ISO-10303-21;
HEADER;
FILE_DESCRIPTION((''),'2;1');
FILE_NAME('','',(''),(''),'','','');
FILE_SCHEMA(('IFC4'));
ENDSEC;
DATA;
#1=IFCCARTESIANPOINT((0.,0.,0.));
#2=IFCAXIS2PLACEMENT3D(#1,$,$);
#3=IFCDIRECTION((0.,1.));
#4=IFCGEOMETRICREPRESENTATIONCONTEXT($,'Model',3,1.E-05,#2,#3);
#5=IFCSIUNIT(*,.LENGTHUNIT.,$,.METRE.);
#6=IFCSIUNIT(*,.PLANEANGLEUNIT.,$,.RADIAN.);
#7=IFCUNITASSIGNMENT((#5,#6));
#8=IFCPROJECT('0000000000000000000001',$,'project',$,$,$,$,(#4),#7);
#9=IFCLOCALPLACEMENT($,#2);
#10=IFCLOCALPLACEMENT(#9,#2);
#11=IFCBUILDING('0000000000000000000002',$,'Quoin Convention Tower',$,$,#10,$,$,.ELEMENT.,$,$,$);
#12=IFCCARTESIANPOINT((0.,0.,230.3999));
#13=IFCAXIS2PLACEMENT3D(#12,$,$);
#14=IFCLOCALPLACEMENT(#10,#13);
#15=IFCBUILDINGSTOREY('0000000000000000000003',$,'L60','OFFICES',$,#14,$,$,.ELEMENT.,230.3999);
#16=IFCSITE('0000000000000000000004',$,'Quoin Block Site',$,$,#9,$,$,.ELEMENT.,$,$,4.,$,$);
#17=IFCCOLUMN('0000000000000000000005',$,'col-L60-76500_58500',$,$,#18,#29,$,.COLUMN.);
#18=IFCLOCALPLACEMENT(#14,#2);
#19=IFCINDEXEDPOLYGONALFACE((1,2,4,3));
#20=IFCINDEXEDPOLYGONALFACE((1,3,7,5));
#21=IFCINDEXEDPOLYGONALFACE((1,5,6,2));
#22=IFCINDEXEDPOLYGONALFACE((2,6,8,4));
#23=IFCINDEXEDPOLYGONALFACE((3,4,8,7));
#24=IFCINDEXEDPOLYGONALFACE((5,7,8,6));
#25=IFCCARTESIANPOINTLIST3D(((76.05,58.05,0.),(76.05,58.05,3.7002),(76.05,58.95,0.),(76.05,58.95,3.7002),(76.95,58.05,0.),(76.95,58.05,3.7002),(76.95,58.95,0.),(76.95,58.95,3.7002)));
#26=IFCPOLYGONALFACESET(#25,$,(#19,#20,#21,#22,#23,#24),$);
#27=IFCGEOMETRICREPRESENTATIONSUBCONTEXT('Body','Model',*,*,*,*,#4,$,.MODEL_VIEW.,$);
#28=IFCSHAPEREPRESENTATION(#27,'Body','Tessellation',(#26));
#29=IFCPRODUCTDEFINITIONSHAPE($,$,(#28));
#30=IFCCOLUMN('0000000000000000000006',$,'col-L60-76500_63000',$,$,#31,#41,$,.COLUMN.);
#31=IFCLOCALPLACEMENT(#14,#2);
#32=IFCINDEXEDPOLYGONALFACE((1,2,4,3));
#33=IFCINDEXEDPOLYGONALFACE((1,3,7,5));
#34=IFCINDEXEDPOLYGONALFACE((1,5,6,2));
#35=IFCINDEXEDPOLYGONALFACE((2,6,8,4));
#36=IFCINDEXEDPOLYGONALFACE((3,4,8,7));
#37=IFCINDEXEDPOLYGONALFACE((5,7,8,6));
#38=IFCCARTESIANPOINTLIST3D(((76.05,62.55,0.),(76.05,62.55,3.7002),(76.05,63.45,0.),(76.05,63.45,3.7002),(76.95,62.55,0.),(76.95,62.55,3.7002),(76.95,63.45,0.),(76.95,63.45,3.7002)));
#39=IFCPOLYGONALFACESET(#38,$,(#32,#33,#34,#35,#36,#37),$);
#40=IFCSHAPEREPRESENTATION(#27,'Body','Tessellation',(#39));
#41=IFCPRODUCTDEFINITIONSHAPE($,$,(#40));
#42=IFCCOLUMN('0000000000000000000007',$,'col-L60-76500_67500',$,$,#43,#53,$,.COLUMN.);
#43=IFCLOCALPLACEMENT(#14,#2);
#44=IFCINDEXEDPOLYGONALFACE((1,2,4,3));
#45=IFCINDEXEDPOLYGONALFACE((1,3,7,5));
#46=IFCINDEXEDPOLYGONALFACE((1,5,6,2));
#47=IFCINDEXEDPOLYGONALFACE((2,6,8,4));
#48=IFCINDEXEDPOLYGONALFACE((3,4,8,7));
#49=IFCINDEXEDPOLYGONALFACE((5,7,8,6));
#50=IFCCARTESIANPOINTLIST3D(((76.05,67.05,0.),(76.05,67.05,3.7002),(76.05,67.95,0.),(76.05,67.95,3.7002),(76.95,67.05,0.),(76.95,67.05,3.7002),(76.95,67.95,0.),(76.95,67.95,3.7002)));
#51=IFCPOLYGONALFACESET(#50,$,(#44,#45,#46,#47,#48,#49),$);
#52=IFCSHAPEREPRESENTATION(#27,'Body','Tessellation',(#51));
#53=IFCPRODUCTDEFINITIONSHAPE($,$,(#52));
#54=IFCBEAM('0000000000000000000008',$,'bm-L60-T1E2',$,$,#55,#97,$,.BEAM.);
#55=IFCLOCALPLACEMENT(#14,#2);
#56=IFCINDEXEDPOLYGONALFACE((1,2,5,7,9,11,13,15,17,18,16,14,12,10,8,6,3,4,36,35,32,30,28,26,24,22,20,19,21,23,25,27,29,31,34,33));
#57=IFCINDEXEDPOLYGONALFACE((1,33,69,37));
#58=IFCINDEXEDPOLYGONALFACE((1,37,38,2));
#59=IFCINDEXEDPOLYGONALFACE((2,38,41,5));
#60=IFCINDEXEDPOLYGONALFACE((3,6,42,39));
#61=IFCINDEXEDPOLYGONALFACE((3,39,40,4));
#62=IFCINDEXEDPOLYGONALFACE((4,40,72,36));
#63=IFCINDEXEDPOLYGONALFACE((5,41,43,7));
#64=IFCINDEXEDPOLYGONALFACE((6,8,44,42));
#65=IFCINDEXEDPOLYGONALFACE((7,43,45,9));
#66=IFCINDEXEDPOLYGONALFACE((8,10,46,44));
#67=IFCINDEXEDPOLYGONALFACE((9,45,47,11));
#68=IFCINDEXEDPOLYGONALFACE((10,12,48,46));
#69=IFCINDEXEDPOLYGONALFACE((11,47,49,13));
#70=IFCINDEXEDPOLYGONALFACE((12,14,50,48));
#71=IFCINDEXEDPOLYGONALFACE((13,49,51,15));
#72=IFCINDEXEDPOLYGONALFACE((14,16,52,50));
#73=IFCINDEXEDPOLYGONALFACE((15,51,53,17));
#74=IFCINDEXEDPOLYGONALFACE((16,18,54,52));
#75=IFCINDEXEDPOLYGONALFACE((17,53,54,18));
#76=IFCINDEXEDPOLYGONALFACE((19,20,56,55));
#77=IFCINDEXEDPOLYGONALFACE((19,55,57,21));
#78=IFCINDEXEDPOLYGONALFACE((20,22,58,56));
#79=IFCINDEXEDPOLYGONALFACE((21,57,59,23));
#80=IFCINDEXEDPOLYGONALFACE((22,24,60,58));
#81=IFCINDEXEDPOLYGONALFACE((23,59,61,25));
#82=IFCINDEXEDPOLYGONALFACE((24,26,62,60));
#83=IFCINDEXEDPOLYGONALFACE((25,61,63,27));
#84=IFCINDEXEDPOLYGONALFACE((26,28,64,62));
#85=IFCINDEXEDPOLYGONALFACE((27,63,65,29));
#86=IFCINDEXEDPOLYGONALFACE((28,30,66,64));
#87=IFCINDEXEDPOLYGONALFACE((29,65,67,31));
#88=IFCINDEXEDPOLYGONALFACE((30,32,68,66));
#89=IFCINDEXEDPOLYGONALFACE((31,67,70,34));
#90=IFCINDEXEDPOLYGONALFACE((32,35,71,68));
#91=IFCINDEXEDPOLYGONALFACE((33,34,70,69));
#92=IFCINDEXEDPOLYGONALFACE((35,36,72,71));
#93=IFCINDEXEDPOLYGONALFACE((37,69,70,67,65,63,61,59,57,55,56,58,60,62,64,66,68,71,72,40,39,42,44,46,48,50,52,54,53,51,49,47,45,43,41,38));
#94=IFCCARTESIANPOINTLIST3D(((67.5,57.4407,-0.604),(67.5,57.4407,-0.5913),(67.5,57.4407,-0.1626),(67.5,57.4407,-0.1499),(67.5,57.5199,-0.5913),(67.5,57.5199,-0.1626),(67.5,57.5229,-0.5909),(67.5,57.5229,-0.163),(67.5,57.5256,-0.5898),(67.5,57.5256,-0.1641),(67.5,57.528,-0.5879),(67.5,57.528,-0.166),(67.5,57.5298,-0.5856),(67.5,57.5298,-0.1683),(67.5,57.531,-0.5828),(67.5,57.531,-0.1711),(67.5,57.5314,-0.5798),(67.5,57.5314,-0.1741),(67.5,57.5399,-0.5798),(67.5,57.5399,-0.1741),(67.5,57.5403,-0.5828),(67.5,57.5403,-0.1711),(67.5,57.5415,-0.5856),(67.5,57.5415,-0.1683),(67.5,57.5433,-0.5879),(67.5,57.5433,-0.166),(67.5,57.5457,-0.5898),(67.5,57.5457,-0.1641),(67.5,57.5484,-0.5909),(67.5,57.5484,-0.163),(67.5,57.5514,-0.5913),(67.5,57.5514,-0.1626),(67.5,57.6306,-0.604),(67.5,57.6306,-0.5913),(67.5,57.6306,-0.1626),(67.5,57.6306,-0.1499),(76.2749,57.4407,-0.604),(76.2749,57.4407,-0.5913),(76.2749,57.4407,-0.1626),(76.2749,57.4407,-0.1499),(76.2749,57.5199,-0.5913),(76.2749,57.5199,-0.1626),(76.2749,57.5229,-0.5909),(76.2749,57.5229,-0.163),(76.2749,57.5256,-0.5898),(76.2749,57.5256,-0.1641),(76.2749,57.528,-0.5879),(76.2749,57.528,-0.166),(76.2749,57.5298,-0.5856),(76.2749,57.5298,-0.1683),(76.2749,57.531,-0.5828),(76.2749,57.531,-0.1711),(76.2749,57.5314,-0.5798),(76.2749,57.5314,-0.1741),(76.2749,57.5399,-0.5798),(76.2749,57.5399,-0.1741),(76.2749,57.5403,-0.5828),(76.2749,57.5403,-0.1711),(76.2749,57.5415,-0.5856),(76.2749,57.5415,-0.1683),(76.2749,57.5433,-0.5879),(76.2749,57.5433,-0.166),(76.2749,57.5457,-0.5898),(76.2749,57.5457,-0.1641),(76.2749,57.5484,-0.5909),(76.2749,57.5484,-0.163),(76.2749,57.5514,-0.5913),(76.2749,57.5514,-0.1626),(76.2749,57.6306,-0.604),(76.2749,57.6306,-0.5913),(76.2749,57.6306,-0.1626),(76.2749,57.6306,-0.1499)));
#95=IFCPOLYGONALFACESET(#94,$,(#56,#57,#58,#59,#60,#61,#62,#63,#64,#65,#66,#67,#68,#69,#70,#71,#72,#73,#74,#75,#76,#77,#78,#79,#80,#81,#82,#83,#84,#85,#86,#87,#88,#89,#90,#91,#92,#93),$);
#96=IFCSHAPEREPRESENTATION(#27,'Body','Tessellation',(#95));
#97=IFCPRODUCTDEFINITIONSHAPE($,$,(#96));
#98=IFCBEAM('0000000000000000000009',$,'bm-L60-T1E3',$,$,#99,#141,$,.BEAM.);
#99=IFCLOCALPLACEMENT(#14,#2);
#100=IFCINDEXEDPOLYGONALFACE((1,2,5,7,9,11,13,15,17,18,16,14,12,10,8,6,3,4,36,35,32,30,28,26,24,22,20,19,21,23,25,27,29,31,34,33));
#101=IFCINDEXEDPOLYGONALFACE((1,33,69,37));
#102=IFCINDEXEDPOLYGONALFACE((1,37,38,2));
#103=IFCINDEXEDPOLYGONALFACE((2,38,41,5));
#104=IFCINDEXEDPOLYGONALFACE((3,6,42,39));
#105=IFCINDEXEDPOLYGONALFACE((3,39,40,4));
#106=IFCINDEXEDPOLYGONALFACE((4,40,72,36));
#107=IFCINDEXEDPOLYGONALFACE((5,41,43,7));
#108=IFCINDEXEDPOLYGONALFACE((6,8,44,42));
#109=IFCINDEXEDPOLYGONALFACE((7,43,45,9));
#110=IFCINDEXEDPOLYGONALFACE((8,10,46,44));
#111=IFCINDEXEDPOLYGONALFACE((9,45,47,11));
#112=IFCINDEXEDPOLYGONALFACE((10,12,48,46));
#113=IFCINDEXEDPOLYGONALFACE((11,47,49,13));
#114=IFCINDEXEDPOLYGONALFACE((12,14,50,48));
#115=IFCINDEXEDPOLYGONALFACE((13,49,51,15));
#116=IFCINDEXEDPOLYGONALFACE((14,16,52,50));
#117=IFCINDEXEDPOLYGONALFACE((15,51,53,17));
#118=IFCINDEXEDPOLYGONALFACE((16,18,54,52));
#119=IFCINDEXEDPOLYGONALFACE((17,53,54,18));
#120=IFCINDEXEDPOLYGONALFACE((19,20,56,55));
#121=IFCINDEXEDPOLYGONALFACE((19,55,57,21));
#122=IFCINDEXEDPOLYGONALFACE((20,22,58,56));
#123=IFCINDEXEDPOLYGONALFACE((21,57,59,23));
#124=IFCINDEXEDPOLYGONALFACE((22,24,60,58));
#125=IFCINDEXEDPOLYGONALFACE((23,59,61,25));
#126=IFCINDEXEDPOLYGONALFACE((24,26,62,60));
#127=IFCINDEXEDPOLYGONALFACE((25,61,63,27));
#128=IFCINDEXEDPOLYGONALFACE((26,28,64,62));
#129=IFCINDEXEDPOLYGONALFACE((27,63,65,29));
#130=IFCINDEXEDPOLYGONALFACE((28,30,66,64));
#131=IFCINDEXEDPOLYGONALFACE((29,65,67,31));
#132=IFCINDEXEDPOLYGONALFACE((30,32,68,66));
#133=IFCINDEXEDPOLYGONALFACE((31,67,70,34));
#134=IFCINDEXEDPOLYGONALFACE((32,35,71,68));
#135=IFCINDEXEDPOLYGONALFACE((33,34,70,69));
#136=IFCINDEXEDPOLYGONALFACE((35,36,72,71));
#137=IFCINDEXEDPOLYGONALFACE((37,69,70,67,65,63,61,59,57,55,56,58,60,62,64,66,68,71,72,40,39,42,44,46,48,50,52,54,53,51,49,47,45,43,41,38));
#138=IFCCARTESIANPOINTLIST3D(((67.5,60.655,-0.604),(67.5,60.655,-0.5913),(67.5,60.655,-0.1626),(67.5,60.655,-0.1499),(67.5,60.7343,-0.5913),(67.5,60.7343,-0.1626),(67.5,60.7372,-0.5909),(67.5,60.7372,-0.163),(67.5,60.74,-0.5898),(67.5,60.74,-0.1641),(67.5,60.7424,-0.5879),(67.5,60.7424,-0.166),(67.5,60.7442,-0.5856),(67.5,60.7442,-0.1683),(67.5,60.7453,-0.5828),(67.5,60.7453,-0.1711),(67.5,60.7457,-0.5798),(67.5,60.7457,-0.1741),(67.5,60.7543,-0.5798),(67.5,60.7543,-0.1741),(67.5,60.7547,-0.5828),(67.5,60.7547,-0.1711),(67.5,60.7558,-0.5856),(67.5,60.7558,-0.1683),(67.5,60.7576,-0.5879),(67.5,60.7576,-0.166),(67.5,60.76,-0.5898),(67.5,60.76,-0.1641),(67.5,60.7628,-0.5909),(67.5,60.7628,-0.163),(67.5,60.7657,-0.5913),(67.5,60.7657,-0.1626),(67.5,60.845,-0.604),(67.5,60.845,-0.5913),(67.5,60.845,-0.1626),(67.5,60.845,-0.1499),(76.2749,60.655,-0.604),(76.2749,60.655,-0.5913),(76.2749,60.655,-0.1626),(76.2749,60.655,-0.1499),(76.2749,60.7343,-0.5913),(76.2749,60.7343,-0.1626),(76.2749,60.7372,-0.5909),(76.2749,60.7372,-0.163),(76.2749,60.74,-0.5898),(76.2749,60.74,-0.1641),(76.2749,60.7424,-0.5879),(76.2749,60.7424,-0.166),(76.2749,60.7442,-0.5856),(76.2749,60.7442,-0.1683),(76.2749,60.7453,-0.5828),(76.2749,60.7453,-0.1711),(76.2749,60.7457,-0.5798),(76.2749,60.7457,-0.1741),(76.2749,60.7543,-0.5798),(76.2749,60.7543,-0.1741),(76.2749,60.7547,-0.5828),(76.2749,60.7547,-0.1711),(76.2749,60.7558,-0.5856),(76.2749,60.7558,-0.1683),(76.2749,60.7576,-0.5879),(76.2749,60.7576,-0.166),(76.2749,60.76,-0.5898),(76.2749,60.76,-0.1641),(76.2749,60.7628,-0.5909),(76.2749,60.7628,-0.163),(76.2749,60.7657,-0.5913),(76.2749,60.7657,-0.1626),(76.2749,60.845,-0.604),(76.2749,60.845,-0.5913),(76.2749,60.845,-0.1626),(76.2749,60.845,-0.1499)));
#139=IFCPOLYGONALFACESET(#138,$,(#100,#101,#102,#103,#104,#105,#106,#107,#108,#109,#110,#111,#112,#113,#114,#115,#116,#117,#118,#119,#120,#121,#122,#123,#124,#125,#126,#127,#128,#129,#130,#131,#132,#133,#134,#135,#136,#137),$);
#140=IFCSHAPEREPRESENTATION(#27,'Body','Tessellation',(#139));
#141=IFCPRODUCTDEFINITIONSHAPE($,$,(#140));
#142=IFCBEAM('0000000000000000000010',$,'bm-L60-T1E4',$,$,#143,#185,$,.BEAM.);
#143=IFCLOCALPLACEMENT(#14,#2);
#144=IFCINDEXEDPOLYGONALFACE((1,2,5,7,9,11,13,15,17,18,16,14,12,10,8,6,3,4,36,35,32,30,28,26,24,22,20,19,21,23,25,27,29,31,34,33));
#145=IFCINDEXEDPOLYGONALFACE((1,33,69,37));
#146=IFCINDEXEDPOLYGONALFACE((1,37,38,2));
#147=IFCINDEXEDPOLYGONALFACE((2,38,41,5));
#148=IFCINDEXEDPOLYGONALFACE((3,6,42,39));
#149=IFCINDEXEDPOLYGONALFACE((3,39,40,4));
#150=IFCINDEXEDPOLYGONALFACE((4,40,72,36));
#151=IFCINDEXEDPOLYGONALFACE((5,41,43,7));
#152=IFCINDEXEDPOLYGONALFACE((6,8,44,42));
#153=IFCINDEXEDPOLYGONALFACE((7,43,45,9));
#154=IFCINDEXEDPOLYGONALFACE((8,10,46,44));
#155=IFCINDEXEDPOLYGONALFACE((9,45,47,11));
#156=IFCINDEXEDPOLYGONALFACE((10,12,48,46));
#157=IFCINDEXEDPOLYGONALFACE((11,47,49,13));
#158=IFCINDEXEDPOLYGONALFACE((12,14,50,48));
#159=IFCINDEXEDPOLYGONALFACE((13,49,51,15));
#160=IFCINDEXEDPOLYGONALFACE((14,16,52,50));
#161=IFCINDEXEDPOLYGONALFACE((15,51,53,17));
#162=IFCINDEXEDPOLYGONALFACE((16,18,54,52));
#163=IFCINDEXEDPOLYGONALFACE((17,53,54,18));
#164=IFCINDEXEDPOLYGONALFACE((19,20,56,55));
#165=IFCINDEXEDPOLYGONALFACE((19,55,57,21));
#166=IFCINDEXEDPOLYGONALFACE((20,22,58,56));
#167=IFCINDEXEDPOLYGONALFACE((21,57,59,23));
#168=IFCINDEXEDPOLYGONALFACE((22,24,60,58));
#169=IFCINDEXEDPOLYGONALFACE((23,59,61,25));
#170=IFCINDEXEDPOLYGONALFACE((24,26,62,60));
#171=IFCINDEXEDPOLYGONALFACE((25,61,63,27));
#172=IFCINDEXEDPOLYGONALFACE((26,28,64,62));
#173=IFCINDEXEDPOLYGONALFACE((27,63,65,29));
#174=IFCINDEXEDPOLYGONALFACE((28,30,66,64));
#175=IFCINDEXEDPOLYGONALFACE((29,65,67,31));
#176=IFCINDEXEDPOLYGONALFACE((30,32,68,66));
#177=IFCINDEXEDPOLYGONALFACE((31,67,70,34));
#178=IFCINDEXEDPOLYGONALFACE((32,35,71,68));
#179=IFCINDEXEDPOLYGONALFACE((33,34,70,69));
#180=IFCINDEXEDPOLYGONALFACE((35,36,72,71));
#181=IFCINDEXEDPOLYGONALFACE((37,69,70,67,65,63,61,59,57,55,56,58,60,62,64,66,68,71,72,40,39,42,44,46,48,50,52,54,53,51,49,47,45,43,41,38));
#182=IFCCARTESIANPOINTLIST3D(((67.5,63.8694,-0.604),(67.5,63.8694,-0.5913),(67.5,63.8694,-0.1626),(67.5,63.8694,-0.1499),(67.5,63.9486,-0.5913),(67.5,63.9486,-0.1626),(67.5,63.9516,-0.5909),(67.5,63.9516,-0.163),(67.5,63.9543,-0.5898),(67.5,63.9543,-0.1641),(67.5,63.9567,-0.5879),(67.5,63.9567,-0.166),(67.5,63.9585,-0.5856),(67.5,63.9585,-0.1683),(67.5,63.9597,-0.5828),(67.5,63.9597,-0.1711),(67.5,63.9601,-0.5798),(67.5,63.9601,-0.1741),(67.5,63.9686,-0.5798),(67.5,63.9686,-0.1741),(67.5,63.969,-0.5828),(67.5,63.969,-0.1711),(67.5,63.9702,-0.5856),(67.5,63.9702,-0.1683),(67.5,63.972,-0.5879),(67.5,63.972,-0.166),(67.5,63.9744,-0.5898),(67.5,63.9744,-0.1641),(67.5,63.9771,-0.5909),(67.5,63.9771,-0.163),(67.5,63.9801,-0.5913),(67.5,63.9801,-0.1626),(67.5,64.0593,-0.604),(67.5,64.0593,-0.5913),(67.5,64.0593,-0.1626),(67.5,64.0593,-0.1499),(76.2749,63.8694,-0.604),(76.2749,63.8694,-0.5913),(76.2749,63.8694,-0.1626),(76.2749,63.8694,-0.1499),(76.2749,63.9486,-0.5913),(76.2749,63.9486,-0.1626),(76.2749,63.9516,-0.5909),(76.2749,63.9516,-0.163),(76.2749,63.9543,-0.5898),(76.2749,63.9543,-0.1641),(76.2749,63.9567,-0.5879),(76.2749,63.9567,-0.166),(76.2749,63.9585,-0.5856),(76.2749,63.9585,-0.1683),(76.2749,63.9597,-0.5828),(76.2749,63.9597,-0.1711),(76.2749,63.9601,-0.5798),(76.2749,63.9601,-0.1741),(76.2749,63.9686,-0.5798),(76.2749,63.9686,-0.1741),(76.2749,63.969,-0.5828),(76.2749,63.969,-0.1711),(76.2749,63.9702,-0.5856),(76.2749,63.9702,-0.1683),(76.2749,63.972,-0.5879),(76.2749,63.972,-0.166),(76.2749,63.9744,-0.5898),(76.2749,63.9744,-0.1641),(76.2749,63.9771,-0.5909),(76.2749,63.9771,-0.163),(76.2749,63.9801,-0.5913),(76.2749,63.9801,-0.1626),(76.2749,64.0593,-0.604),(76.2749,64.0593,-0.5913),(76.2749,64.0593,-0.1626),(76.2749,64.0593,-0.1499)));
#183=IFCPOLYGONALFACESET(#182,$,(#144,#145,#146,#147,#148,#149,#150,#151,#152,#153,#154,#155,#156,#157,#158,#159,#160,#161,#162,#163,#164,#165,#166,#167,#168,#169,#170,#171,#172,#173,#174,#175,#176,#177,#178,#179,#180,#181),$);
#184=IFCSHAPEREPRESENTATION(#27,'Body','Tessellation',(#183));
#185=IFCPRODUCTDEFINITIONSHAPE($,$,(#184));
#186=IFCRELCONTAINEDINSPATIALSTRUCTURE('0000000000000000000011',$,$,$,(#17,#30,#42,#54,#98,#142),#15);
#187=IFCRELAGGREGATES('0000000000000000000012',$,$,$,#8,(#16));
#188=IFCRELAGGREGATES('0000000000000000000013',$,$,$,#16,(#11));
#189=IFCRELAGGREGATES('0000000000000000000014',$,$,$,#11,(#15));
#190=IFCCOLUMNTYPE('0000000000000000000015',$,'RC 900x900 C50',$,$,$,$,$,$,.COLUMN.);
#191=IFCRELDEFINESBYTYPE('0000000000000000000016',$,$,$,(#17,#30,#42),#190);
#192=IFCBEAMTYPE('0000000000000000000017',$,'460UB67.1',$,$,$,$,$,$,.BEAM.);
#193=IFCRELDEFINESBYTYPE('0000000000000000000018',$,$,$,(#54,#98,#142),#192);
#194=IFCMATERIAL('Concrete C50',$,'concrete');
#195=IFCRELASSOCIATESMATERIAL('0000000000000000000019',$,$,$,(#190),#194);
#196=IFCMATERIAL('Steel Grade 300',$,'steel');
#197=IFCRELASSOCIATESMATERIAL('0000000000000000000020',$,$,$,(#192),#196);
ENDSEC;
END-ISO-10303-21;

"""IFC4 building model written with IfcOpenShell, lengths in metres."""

from ifc_helpers import new_model, si_unit, direction, frame, origin, origin_2d, place, context, subcontext, project, spatial, rectangle, i_section, extrude, material, material_profile, profile_set, type_object, element, save


model = new_model("IFC4")

# Units and contexts
model_context = context("Model", 3, precision=1e-05, world=origin(), true_north=direction((0.0, 1.0)))
body_context = subcontext(model_context, "Body", "Model", "MODEL_VIEW")
ifc_project = project(units=[si_unit("LENGTHUNIT", "METRE"), si_unit("PLANEANGLEUNIT", "RADIAN")], contexts=[model_context])

# Site, building, storey
site_placement = place(None, origin())
site = spatial("IfcSite", under=ifc_project, at=site_placement, Name="Quoin Block Site", CompositionType="ELEMENT", RefElevation=4.0)
building_placement = place(site_placement, origin())
building = spatial("IfcBuilding", under=site, at=building_placement, Name="Quoin Convention Tower", CompositionType="ELEMENT")
storey_placement = place(building_placement, frame((0.0, 0.0, 230.3999)))
storey = spatial("IfcBuildingStorey", under=building, at=storey_placement, Name="L60", Description="OFFICES", CompositionType="ELEMENT", Elevation=230.3999)

# Columns
ifc_material_1 = material(Name="Concrete C50", Category="concrete")
ifc_material_profile_1 = material_profile(ifc_material_1, rectangle(XDim=0.8999, YDim=0.8999, at=origin_2d()), Name="RC 900x900")
ifc_profile_set_1 = profile_set([ifc_material_profile_1], Name="Concrete C50")
column_type = type_object("IfcColumnType", Name="RC 900x900 C50", PredefinedType="COLUMN", material=ifc_profile_set_1)
for number, where, z_axis, x_axis, name in (
    (1, (76.5, 58.5, 0.0), (0.0, 0.0, 1.0), (1.0, 0.0, 0.0), "col-L60-76500_58500"),
    (2, (76.5, 63.0, 0.0), (0.0, 0.0, 1.0), (1.0, 0.0, 0.0), "col-L60-76500_63000"),
    (3, (76.5, 67.5, 0.0), (0.0, 0.0, 1.0), (1.0, 0.0, 0.0), "col-L60-76500_67500"),
):
    element("IfcColumn", number, at=place(storey_placement, frame(where, z_axis=z_axis, x_axis=x_axis)), inside=storey, type_object=column_type, Name=name, PredefinedType="COLUMN", context=body_context, shape_type="SweptSolid", body=[
        extrude(rectangle(XDim=0.8999, YDim=0.8999, at=origin_2d()), origin(), (0.0, 0.0, 1.0), 3.7002),
    ])

# Beams
ifc_material_2 = material(Name="Steel Grade 300", Category="steel")
ifc_material_profile_2 = material_profile(ifc_material_2, i_section(OverallWidth=0.1899, OverallDepth=0.4541, WebThickness=0.0085, FlangeThickness=0.0127, FilletRadius=0.0115, at=origin_2d()), Name="460UB67.1")
ifc_profile_set_2 = profile_set([ifc_material_profile_2], Name="Steel Grade 300")
beam_type_1 = type_object("IfcBeamType", Name="460UB67.1", PredefinedType="BEAM", material=ifc_profile_set_2)
for number, where, z_axis, x_axis, name in (
    (4, (67.5, 57.5356, -0.377), (1.0, 0.0, 0.0), (0.0, 1.0, 0.0), "bm-L60-T1E2"),
    (5, (67.5, 60.75, -0.377), (1.0, 0.0, 0.0), (0.0, 1.0, 0.0), "bm-L60-T1E3"),
    (6, (67.5, 63.9644, -0.377), (1.0, 0.0, 0.0), (0.0, 1.0, 0.0), "bm-L60-T1E4"),
):
    element("IfcBeam", number, at=place(storey_placement, frame(where, z_axis=z_axis, x_axis=x_axis)), inside=storey, type_object=beam_type_1, Name=name, PredefinedType="BEAM", context=body_context, shape_type="SweptSolid", body=[
        extrude(i_section(OverallWidth=0.1899, OverallDepth=0.4541, WebThickness=0.0085, FlangeThickness=0.0127, FilletRadius=0.0115, at=origin_2d()), origin(), (0.0, 0.0, 1.0), 8.7749),
    ])

save(model, "model.ifc")
